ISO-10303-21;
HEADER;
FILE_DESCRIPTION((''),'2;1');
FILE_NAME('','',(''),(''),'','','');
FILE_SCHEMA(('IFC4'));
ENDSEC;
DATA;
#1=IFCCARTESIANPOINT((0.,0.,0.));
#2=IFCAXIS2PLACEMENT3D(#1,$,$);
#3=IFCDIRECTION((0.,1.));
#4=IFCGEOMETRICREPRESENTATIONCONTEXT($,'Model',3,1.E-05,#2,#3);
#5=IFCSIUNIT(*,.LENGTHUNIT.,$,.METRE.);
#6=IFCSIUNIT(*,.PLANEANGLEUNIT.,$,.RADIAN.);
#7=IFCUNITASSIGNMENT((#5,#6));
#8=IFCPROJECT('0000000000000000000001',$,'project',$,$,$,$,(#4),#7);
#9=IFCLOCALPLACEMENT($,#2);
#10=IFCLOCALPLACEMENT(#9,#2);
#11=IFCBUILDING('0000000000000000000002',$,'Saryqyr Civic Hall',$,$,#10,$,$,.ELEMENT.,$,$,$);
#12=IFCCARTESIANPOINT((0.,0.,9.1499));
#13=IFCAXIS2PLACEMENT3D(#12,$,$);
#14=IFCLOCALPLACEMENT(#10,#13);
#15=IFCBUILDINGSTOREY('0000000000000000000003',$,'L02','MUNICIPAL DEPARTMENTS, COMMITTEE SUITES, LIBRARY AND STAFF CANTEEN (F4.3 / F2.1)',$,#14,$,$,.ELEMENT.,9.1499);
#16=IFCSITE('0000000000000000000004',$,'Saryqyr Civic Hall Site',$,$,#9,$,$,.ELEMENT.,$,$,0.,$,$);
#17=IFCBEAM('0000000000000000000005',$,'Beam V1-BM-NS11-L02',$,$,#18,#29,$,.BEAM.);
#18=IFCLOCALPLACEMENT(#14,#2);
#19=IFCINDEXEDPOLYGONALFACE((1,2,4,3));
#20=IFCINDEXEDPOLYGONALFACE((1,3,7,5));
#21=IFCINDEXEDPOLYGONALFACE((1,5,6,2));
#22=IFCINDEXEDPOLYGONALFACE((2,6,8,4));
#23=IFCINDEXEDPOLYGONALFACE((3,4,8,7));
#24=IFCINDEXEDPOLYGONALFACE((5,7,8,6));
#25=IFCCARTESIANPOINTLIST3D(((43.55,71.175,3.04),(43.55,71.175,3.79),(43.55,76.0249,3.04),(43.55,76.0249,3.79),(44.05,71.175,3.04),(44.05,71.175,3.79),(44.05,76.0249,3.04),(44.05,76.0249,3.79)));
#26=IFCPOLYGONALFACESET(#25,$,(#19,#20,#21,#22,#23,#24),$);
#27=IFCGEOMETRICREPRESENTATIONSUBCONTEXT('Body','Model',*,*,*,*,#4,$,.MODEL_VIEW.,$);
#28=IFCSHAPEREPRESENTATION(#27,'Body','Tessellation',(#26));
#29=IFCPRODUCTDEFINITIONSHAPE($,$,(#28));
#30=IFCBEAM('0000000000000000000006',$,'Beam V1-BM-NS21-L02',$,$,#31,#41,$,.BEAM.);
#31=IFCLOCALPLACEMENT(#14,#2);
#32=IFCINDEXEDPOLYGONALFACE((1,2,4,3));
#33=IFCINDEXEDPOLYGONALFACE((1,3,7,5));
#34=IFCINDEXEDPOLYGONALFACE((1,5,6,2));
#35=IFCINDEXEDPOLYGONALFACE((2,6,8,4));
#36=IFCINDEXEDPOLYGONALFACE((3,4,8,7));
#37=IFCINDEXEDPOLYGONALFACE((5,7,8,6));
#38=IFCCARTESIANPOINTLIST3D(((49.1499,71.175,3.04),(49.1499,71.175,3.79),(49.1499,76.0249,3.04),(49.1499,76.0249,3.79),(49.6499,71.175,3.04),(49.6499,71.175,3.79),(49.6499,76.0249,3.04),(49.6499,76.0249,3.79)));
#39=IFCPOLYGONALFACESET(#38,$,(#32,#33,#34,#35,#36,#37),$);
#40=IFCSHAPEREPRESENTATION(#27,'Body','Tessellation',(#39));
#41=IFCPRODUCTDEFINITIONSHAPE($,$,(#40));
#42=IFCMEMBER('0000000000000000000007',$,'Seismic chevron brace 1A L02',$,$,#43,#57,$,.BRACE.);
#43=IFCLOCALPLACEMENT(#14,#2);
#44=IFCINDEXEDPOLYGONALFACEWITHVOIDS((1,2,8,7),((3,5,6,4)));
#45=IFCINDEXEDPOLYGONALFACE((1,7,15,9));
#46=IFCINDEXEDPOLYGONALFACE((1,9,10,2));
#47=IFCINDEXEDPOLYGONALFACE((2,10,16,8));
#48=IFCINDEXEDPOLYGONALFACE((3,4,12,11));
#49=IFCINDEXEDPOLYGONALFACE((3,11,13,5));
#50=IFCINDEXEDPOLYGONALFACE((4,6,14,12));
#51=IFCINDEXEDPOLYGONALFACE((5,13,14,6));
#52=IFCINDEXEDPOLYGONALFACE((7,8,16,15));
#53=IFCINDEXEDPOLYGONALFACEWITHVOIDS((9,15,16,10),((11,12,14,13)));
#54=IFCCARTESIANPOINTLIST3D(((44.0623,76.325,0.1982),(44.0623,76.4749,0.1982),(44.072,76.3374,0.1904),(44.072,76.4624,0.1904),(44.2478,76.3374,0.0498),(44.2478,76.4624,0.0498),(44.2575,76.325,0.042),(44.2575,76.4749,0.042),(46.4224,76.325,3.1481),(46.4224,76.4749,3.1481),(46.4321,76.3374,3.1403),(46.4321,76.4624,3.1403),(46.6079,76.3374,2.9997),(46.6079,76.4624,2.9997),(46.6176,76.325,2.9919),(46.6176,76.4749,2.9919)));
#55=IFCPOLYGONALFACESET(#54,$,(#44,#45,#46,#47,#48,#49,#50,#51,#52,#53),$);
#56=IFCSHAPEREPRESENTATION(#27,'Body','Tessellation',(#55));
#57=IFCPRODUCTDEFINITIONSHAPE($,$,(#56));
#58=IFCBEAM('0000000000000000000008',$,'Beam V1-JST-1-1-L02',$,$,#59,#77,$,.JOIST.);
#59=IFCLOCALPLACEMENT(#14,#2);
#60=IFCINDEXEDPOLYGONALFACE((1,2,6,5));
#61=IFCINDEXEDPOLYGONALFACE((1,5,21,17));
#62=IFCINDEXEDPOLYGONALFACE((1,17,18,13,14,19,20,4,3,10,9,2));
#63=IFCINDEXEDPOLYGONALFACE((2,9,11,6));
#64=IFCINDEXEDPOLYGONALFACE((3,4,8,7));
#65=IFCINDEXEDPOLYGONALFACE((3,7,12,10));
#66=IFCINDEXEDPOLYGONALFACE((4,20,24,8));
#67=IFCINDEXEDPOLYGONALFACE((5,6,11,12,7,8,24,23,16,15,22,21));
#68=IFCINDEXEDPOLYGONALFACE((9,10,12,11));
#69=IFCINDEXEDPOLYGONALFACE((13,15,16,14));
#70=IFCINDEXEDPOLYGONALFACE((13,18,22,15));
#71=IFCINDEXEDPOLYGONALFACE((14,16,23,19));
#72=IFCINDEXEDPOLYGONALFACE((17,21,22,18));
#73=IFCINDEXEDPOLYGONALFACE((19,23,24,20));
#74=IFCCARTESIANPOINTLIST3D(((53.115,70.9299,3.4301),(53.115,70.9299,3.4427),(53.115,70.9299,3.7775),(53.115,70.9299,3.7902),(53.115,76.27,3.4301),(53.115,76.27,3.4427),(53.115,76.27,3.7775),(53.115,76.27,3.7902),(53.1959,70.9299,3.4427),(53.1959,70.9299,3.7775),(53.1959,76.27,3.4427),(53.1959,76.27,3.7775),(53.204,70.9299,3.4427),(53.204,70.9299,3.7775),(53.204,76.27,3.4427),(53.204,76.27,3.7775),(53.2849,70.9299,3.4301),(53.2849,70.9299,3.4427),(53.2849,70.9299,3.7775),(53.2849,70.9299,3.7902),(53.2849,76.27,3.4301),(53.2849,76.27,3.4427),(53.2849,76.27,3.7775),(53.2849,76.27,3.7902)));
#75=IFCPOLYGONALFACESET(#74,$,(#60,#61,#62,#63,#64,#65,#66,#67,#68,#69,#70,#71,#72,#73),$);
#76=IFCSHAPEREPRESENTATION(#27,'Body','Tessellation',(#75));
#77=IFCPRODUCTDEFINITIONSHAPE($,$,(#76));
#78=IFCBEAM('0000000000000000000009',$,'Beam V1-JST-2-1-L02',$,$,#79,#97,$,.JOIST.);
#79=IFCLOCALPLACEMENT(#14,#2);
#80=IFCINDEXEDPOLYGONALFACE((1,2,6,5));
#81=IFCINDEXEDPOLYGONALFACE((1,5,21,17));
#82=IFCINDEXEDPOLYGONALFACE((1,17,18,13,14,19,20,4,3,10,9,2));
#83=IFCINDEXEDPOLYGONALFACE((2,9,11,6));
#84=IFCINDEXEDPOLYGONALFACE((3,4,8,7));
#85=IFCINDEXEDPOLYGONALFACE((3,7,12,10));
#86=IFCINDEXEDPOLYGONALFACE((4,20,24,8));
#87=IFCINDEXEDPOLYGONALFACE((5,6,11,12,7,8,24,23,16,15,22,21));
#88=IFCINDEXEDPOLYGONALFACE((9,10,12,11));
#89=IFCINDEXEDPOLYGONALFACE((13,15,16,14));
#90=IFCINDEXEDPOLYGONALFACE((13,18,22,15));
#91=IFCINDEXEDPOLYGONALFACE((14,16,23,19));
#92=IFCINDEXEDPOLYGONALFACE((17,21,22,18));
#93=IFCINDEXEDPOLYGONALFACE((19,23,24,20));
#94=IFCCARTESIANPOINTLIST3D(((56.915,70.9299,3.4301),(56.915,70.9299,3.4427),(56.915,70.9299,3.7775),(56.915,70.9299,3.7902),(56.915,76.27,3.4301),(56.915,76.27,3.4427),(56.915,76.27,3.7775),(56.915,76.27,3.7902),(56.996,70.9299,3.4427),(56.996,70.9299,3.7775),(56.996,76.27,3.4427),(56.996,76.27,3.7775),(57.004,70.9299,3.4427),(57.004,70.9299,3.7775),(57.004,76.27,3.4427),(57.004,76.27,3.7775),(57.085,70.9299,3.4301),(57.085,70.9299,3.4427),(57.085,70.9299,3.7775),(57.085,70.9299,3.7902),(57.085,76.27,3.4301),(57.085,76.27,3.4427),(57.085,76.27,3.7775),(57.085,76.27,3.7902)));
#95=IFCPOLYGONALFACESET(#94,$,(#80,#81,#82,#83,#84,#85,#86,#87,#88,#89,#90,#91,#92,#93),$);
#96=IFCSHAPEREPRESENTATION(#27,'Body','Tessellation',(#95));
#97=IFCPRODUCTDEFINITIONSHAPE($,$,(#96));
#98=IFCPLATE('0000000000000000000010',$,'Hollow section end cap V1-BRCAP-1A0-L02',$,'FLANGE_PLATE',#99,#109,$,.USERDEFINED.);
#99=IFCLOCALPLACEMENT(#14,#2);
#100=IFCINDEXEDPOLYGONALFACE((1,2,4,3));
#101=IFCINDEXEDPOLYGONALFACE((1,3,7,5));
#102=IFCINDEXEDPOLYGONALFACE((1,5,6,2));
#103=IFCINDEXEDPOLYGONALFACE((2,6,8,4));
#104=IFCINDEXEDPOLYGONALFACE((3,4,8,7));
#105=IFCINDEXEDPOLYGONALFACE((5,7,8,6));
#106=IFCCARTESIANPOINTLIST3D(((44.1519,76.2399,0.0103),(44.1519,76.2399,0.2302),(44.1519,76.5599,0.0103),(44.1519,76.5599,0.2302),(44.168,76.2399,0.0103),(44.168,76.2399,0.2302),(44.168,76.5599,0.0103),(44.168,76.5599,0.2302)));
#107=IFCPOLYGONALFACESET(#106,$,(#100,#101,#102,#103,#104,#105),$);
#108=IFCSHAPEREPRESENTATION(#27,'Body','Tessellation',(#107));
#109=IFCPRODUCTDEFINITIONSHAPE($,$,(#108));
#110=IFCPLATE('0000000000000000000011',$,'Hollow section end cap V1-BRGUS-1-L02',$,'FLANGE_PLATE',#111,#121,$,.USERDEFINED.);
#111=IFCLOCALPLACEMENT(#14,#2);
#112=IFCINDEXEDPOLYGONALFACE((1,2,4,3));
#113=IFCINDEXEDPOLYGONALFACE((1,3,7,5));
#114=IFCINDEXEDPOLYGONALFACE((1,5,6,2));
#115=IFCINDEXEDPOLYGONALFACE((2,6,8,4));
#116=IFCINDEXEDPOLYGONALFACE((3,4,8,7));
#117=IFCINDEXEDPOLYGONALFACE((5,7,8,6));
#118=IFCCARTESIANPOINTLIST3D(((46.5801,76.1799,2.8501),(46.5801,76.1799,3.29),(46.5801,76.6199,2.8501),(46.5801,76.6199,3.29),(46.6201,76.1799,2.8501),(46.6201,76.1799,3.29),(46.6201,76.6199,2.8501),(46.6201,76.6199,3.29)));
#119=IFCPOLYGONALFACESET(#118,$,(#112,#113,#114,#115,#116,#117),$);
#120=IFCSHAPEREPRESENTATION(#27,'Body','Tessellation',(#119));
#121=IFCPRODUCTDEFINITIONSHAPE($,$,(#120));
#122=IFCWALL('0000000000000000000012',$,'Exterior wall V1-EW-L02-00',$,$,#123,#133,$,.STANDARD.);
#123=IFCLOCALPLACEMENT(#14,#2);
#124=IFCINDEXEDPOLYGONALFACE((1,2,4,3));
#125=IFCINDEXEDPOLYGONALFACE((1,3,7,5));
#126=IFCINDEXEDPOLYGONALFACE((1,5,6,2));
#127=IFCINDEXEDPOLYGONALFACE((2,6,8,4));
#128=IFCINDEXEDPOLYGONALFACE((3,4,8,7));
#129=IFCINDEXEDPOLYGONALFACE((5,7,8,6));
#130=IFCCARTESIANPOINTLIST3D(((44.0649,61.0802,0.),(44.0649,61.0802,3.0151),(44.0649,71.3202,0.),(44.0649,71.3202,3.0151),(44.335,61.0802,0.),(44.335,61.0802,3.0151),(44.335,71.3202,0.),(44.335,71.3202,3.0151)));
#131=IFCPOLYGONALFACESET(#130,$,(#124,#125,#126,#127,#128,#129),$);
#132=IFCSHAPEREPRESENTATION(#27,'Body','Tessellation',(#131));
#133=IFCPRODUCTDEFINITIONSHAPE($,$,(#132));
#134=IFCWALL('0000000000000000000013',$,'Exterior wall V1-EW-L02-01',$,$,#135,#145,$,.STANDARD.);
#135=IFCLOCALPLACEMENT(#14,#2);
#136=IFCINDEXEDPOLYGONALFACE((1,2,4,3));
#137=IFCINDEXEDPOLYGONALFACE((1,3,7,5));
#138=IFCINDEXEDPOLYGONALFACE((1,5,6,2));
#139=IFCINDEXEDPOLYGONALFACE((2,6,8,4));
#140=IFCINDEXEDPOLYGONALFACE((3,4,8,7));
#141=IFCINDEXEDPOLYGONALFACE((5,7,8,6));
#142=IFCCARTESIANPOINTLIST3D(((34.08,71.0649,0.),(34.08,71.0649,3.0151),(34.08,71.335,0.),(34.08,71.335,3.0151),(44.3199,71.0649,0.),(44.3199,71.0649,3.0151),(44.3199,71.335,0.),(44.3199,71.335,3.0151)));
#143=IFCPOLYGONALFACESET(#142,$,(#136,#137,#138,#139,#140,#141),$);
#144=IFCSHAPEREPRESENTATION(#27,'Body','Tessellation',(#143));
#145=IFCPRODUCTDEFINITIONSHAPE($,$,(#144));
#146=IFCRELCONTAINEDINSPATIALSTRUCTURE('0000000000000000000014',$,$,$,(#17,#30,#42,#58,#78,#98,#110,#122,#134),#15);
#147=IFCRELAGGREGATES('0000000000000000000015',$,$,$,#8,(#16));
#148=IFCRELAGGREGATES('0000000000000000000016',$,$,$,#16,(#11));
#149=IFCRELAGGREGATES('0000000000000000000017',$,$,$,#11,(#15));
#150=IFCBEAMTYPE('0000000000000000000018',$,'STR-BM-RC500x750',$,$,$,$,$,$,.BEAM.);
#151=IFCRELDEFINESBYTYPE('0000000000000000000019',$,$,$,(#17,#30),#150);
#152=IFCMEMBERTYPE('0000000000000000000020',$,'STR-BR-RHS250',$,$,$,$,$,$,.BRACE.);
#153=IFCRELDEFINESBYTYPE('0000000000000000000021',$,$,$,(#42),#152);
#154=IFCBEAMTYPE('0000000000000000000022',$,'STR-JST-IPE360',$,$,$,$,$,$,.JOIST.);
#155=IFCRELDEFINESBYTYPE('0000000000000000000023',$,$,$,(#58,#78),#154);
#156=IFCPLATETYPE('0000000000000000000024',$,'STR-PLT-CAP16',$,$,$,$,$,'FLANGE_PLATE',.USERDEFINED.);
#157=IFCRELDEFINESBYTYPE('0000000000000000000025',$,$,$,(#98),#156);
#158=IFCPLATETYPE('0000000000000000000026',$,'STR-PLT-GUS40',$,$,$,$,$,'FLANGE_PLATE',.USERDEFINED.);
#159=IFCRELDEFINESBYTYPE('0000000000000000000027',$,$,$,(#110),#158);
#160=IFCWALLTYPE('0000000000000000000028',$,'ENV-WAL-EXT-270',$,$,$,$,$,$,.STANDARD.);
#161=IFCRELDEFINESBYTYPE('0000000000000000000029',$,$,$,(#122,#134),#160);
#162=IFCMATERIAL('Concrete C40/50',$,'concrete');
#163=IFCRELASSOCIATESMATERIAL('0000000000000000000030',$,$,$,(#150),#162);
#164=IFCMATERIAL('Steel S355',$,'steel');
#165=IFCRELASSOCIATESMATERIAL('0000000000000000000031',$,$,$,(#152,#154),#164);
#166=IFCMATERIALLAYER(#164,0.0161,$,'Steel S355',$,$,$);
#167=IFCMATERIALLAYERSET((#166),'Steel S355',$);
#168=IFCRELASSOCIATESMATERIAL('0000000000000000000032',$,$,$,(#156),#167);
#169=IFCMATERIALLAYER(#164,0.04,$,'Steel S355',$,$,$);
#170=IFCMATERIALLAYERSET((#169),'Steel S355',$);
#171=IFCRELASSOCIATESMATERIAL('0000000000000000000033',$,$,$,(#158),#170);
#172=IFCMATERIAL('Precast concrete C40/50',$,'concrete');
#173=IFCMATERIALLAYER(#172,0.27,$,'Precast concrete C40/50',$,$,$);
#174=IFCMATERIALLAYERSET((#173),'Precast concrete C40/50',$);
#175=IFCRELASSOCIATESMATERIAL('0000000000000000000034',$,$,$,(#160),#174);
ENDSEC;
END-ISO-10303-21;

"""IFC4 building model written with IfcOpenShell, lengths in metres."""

from ifc_helpers import new_model, si_unit, direction, frame, frame_2d, origin, origin_2d, place, context, subcontext, project, spatial, rectangle, hollow_rectangle, i_section, extrude, material, layer, layer_set, material_profile, profile_set, type_object, element, save


model = new_model("IFC4")

# Units and contexts
model_context = context("Model", 3, precision=1e-05, world=origin(), true_north=direction((0.0, 1.0)))
body_context = subcontext(model_context, "Body", "Model", "MODEL_VIEW")
ifc_project = project(units=[si_unit("LENGTHUNIT", "METRE"), si_unit("PLANEANGLEUNIT", "RADIAN")], contexts=[model_context])

# Site, building, storey
site_placement = place(None, origin())
site = spatial("IfcSite", under=ifc_project, at=site_placement, Name="Saryqyr Civic Hall Site", CompositionType="ELEMENT", RefElevation=0.0)
building_placement = place(site_placement, origin())
building = spatial("IfcBuilding", under=site, at=building_placement, Name="Saryqyr Civic Hall", CompositionType="ELEMENT")
storey_placement = place(building_placement, frame((0.0, 0.0, 9.1499)))
storey = spatial("IfcBuildingStorey", under=building, at=storey_placement, Name="L02", Description="MUNICIPAL DEPARTMENTS, COMMITTEE SUITES, LIBRARY AND STAFF CANTEEN (F4.3 / F2.1)", CompositionType="ELEMENT", Elevation=9.1499)

# Shared definitions
ifc_material_1 = material(Name="Concrete C40/50", Category="concrete")

# Beams
ifc_material_2 = material(Name="Steel S355", Category="steel")
ifc_material_profile_1 = material_profile(ifc_material_1, rectangle(XDim=0.5, YDim=0.75, at=origin_2d()), Name="RC 500x750")
ifc_profile_set_1 = profile_set([ifc_material_profile_1], Name="Concrete C40/50")
beam_type_1 = type_object("IfcBeamType", Name="STR-BM-RC500x750", PredefinedType="BEAM", material=ifc_profile_set_1)
for number, where, z_axis, x_axis, name in (
    (1, (43.8, 71.175, 3.415), (0.0, 1.0, 0.0), (-1.0, 0.0, 0.0), "Beam V1-BM-NS11-L02"),
    (2, (49.3999, 71.175, 3.415), (0.0, 1.0, 0.0), (-1.0, 0.0, 0.0), "Beam V1-BM-NS21-L02"),
):
    element("IfcBeam", number, at=place(storey_placement, frame(where, z_axis=z_axis, x_axis=x_axis)), inside=storey, type_object=beam_type_1, Name=name, PredefinedType="BEAM", context=body_context, shape_type="SweptSolid", body=[
        extrude(rectangle(XDim=0.5, YDim=0.75, at=origin_2d()), origin(), (0.0, 0.0, 1.0), 4.8499),
    ])

# Member
ifc_material_profile_2 = material_profile(ifc_material_2, hollow_rectangle(XDim=0.1499, YDim=0.25, WallThickness=0.0125, at=origin_2d()), Name="RHS 250x150x12.5")
ifc_profile_set_2 = profile_set([ifc_material_profile_2], Name="Steel S355")
member_type = type_object("IfcMemberType", Name="STR-BR-RHS250", PredefinedType="BRACE", material=ifc_profile_set_2)
member_placement = place(storey_placement, frame((44.1599, 76.3999, 0.1201), z_axis=(0.624719, 0.0, 0.78085), x_axis=(0.0, 1.0, 0.0)))
element("IfcMember", 3, at=member_placement, inside=storey, type_object=member_type, Name="Seismic chevron brace 1A L02", PredefinedType="BRACE", context=body_context, shape_type="SweptSolid", body=[
    extrude(hollow_rectangle(XDim=0.1499, YDim=0.25, WallThickness=0.0125, at=origin_2d()), origin(), (0.0, 0.0, 1.0), 3.7778),
])

# Beams
ifc_material_profile_3 = material_profile(ifc_material_2, i_section(OverallWidth=0.1699, OverallDepth=0.3601, WebThickness=0.0081, FlangeThickness=0.0127, at=origin_2d()), Name="IPE 360")
ifc_profile_set_3 = profile_set([ifc_material_profile_3], Name="Steel S355")
beam_type_2 = type_object("IfcBeamType", Name="STR-JST-IPE360", PredefinedType="JOIST", material=ifc_profile_set_3)
for number, where, z_axis, x_axis, name in (
    (4, (53.2, 70.9299, 3.6101), (0.0, 1.0, 0.0), (-1.0, 0.0, 0.0), "Beam V1-JST-1-1-L02"),
    (5, (57.0, 70.9299, 3.6101), (0.0, 1.0, 0.0), (-1.0, 0.0, 0.0), "Beam V1-JST-2-1-L02"),
):
    element("IfcBeam", number, at=place(storey_placement, frame(where, z_axis=z_axis, x_axis=x_axis)), inside=storey, type_object=beam_type_2, Name=name, PredefinedType="JOIST", context=body_context, shape_type="SweptSolid", body=[
        extrude(i_section(OverallWidth=0.1699, OverallDepth=0.3601, WebThickness=0.0081, FlangeThickness=0.0127, at=origin_2d()), origin(), (0.0, 0.0, 1.0), 5.3401),
    ])

# Plates
ifc_layer_1 = layer(ifc_material_2, 0.0161, Name="Steel S355")
ifc_layer_set_1 = layer_set([ifc_layer_1], Name="Steel S355")
plate_type_1 = type_object("IfcPlateType", Name="STR-PLT-CAP16", ElementType="FLANGE_PLATE", PredefinedType="USERDEFINED", material=ifc_layer_set_1)
plate_1_placement = place(storey_placement, frame((44.1599, 76.3999, 0.0103), z_axis=(0.0, 0.0, 1.0), x_axis=(1.0, 0.0, 0.0)))
element("IfcPlate", 6, at=plate_1_placement, inside=storey, type_object=plate_type_1, Name="Hollow section end cap V1-BRCAP-1A0-L02", ObjectType="FLANGE_PLATE", PredefinedType="USERDEFINED", context=body_context, shape_type="SweptSolid", body=[
    extrude(rectangle(XDim=0.0161, YDim=0.3201, at=origin_2d()), origin(), (0.0, 0.0, 1.0), 0.22),
])
ifc_layer_2 = layer(ifc_material_2, 0.04, Name="Steel S355")
ifc_layer_set_2 = layer_set([ifc_layer_2], Name="Steel S355")
plate_type_2 = type_object("IfcPlateType", Name="STR-PLT-GUS40", ElementType="FLANGE_PLATE", PredefinedType="USERDEFINED", material=ifc_layer_set_2)
plate_2_placement = place(storey_placement, frame((46.6001, 76.3999, 2.8501), z_axis=(0.0, 0.0, 1.0), x_axis=(1.0, 0.0, 0.0)))
element("IfcPlate", 7, at=plate_2_placement, inside=storey, type_object=plate_type_2, Name="Hollow section end cap V1-BRGUS-1-L02", ObjectType="FLANGE_PLATE", PredefinedType="USERDEFINED", context=body_context, shape_type="SweptSolid", body=[
    extrude(rectangle(XDim=0.04, YDim=0.4399, at=origin_2d()), origin(), (0.0, 0.0, 1.0), 0.4399),
])

# Walls
ifc_material_3 = material(Name="Precast concrete C40/50", Category="concrete")
ifc_layer_3 = layer(ifc_material_3, 0.27, Name="Precast concrete C40/50")
ifc_layer_set_3 = layer_set([ifc_layer_3], Name="Precast concrete C40/50")
wall_type = type_object("IfcWallType", Name="ENV-WAL-EXT-270", PredefinedType="STANDARD", material=ifc_layer_set_3)
for number, where, z_axis, x_axis, name in (
    (8, (44.2, 61.0801, 0.0), (0.0, 0.0, 1.0), (0.0, 1.0, 0.0), "Exterior wall V1-EW-L02-00"),
    (9, (44.3201, 71.2, 0.0), (0.0, 0.0, 1.0), (-1.0, 0.0, 0.0), "Exterior wall V1-EW-L02-01"),
):
    element("IfcWall", number, at=place(storey_placement, frame(where, z_axis=z_axis, x_axis=x_axis)), inside=storey, type_object=wall_type, Name=name, PredefinedType="STANDARD", context=body_context, shape_type="SweptSolid", body=[
        extrude(rectangle(XDim=10.24, YDim=0.27, at=frame_2d((5.1201, 0.0))), origin(), (0.0, 0.0, 1.0), 3.0151),
    ])

save(model, "model.ifc")
